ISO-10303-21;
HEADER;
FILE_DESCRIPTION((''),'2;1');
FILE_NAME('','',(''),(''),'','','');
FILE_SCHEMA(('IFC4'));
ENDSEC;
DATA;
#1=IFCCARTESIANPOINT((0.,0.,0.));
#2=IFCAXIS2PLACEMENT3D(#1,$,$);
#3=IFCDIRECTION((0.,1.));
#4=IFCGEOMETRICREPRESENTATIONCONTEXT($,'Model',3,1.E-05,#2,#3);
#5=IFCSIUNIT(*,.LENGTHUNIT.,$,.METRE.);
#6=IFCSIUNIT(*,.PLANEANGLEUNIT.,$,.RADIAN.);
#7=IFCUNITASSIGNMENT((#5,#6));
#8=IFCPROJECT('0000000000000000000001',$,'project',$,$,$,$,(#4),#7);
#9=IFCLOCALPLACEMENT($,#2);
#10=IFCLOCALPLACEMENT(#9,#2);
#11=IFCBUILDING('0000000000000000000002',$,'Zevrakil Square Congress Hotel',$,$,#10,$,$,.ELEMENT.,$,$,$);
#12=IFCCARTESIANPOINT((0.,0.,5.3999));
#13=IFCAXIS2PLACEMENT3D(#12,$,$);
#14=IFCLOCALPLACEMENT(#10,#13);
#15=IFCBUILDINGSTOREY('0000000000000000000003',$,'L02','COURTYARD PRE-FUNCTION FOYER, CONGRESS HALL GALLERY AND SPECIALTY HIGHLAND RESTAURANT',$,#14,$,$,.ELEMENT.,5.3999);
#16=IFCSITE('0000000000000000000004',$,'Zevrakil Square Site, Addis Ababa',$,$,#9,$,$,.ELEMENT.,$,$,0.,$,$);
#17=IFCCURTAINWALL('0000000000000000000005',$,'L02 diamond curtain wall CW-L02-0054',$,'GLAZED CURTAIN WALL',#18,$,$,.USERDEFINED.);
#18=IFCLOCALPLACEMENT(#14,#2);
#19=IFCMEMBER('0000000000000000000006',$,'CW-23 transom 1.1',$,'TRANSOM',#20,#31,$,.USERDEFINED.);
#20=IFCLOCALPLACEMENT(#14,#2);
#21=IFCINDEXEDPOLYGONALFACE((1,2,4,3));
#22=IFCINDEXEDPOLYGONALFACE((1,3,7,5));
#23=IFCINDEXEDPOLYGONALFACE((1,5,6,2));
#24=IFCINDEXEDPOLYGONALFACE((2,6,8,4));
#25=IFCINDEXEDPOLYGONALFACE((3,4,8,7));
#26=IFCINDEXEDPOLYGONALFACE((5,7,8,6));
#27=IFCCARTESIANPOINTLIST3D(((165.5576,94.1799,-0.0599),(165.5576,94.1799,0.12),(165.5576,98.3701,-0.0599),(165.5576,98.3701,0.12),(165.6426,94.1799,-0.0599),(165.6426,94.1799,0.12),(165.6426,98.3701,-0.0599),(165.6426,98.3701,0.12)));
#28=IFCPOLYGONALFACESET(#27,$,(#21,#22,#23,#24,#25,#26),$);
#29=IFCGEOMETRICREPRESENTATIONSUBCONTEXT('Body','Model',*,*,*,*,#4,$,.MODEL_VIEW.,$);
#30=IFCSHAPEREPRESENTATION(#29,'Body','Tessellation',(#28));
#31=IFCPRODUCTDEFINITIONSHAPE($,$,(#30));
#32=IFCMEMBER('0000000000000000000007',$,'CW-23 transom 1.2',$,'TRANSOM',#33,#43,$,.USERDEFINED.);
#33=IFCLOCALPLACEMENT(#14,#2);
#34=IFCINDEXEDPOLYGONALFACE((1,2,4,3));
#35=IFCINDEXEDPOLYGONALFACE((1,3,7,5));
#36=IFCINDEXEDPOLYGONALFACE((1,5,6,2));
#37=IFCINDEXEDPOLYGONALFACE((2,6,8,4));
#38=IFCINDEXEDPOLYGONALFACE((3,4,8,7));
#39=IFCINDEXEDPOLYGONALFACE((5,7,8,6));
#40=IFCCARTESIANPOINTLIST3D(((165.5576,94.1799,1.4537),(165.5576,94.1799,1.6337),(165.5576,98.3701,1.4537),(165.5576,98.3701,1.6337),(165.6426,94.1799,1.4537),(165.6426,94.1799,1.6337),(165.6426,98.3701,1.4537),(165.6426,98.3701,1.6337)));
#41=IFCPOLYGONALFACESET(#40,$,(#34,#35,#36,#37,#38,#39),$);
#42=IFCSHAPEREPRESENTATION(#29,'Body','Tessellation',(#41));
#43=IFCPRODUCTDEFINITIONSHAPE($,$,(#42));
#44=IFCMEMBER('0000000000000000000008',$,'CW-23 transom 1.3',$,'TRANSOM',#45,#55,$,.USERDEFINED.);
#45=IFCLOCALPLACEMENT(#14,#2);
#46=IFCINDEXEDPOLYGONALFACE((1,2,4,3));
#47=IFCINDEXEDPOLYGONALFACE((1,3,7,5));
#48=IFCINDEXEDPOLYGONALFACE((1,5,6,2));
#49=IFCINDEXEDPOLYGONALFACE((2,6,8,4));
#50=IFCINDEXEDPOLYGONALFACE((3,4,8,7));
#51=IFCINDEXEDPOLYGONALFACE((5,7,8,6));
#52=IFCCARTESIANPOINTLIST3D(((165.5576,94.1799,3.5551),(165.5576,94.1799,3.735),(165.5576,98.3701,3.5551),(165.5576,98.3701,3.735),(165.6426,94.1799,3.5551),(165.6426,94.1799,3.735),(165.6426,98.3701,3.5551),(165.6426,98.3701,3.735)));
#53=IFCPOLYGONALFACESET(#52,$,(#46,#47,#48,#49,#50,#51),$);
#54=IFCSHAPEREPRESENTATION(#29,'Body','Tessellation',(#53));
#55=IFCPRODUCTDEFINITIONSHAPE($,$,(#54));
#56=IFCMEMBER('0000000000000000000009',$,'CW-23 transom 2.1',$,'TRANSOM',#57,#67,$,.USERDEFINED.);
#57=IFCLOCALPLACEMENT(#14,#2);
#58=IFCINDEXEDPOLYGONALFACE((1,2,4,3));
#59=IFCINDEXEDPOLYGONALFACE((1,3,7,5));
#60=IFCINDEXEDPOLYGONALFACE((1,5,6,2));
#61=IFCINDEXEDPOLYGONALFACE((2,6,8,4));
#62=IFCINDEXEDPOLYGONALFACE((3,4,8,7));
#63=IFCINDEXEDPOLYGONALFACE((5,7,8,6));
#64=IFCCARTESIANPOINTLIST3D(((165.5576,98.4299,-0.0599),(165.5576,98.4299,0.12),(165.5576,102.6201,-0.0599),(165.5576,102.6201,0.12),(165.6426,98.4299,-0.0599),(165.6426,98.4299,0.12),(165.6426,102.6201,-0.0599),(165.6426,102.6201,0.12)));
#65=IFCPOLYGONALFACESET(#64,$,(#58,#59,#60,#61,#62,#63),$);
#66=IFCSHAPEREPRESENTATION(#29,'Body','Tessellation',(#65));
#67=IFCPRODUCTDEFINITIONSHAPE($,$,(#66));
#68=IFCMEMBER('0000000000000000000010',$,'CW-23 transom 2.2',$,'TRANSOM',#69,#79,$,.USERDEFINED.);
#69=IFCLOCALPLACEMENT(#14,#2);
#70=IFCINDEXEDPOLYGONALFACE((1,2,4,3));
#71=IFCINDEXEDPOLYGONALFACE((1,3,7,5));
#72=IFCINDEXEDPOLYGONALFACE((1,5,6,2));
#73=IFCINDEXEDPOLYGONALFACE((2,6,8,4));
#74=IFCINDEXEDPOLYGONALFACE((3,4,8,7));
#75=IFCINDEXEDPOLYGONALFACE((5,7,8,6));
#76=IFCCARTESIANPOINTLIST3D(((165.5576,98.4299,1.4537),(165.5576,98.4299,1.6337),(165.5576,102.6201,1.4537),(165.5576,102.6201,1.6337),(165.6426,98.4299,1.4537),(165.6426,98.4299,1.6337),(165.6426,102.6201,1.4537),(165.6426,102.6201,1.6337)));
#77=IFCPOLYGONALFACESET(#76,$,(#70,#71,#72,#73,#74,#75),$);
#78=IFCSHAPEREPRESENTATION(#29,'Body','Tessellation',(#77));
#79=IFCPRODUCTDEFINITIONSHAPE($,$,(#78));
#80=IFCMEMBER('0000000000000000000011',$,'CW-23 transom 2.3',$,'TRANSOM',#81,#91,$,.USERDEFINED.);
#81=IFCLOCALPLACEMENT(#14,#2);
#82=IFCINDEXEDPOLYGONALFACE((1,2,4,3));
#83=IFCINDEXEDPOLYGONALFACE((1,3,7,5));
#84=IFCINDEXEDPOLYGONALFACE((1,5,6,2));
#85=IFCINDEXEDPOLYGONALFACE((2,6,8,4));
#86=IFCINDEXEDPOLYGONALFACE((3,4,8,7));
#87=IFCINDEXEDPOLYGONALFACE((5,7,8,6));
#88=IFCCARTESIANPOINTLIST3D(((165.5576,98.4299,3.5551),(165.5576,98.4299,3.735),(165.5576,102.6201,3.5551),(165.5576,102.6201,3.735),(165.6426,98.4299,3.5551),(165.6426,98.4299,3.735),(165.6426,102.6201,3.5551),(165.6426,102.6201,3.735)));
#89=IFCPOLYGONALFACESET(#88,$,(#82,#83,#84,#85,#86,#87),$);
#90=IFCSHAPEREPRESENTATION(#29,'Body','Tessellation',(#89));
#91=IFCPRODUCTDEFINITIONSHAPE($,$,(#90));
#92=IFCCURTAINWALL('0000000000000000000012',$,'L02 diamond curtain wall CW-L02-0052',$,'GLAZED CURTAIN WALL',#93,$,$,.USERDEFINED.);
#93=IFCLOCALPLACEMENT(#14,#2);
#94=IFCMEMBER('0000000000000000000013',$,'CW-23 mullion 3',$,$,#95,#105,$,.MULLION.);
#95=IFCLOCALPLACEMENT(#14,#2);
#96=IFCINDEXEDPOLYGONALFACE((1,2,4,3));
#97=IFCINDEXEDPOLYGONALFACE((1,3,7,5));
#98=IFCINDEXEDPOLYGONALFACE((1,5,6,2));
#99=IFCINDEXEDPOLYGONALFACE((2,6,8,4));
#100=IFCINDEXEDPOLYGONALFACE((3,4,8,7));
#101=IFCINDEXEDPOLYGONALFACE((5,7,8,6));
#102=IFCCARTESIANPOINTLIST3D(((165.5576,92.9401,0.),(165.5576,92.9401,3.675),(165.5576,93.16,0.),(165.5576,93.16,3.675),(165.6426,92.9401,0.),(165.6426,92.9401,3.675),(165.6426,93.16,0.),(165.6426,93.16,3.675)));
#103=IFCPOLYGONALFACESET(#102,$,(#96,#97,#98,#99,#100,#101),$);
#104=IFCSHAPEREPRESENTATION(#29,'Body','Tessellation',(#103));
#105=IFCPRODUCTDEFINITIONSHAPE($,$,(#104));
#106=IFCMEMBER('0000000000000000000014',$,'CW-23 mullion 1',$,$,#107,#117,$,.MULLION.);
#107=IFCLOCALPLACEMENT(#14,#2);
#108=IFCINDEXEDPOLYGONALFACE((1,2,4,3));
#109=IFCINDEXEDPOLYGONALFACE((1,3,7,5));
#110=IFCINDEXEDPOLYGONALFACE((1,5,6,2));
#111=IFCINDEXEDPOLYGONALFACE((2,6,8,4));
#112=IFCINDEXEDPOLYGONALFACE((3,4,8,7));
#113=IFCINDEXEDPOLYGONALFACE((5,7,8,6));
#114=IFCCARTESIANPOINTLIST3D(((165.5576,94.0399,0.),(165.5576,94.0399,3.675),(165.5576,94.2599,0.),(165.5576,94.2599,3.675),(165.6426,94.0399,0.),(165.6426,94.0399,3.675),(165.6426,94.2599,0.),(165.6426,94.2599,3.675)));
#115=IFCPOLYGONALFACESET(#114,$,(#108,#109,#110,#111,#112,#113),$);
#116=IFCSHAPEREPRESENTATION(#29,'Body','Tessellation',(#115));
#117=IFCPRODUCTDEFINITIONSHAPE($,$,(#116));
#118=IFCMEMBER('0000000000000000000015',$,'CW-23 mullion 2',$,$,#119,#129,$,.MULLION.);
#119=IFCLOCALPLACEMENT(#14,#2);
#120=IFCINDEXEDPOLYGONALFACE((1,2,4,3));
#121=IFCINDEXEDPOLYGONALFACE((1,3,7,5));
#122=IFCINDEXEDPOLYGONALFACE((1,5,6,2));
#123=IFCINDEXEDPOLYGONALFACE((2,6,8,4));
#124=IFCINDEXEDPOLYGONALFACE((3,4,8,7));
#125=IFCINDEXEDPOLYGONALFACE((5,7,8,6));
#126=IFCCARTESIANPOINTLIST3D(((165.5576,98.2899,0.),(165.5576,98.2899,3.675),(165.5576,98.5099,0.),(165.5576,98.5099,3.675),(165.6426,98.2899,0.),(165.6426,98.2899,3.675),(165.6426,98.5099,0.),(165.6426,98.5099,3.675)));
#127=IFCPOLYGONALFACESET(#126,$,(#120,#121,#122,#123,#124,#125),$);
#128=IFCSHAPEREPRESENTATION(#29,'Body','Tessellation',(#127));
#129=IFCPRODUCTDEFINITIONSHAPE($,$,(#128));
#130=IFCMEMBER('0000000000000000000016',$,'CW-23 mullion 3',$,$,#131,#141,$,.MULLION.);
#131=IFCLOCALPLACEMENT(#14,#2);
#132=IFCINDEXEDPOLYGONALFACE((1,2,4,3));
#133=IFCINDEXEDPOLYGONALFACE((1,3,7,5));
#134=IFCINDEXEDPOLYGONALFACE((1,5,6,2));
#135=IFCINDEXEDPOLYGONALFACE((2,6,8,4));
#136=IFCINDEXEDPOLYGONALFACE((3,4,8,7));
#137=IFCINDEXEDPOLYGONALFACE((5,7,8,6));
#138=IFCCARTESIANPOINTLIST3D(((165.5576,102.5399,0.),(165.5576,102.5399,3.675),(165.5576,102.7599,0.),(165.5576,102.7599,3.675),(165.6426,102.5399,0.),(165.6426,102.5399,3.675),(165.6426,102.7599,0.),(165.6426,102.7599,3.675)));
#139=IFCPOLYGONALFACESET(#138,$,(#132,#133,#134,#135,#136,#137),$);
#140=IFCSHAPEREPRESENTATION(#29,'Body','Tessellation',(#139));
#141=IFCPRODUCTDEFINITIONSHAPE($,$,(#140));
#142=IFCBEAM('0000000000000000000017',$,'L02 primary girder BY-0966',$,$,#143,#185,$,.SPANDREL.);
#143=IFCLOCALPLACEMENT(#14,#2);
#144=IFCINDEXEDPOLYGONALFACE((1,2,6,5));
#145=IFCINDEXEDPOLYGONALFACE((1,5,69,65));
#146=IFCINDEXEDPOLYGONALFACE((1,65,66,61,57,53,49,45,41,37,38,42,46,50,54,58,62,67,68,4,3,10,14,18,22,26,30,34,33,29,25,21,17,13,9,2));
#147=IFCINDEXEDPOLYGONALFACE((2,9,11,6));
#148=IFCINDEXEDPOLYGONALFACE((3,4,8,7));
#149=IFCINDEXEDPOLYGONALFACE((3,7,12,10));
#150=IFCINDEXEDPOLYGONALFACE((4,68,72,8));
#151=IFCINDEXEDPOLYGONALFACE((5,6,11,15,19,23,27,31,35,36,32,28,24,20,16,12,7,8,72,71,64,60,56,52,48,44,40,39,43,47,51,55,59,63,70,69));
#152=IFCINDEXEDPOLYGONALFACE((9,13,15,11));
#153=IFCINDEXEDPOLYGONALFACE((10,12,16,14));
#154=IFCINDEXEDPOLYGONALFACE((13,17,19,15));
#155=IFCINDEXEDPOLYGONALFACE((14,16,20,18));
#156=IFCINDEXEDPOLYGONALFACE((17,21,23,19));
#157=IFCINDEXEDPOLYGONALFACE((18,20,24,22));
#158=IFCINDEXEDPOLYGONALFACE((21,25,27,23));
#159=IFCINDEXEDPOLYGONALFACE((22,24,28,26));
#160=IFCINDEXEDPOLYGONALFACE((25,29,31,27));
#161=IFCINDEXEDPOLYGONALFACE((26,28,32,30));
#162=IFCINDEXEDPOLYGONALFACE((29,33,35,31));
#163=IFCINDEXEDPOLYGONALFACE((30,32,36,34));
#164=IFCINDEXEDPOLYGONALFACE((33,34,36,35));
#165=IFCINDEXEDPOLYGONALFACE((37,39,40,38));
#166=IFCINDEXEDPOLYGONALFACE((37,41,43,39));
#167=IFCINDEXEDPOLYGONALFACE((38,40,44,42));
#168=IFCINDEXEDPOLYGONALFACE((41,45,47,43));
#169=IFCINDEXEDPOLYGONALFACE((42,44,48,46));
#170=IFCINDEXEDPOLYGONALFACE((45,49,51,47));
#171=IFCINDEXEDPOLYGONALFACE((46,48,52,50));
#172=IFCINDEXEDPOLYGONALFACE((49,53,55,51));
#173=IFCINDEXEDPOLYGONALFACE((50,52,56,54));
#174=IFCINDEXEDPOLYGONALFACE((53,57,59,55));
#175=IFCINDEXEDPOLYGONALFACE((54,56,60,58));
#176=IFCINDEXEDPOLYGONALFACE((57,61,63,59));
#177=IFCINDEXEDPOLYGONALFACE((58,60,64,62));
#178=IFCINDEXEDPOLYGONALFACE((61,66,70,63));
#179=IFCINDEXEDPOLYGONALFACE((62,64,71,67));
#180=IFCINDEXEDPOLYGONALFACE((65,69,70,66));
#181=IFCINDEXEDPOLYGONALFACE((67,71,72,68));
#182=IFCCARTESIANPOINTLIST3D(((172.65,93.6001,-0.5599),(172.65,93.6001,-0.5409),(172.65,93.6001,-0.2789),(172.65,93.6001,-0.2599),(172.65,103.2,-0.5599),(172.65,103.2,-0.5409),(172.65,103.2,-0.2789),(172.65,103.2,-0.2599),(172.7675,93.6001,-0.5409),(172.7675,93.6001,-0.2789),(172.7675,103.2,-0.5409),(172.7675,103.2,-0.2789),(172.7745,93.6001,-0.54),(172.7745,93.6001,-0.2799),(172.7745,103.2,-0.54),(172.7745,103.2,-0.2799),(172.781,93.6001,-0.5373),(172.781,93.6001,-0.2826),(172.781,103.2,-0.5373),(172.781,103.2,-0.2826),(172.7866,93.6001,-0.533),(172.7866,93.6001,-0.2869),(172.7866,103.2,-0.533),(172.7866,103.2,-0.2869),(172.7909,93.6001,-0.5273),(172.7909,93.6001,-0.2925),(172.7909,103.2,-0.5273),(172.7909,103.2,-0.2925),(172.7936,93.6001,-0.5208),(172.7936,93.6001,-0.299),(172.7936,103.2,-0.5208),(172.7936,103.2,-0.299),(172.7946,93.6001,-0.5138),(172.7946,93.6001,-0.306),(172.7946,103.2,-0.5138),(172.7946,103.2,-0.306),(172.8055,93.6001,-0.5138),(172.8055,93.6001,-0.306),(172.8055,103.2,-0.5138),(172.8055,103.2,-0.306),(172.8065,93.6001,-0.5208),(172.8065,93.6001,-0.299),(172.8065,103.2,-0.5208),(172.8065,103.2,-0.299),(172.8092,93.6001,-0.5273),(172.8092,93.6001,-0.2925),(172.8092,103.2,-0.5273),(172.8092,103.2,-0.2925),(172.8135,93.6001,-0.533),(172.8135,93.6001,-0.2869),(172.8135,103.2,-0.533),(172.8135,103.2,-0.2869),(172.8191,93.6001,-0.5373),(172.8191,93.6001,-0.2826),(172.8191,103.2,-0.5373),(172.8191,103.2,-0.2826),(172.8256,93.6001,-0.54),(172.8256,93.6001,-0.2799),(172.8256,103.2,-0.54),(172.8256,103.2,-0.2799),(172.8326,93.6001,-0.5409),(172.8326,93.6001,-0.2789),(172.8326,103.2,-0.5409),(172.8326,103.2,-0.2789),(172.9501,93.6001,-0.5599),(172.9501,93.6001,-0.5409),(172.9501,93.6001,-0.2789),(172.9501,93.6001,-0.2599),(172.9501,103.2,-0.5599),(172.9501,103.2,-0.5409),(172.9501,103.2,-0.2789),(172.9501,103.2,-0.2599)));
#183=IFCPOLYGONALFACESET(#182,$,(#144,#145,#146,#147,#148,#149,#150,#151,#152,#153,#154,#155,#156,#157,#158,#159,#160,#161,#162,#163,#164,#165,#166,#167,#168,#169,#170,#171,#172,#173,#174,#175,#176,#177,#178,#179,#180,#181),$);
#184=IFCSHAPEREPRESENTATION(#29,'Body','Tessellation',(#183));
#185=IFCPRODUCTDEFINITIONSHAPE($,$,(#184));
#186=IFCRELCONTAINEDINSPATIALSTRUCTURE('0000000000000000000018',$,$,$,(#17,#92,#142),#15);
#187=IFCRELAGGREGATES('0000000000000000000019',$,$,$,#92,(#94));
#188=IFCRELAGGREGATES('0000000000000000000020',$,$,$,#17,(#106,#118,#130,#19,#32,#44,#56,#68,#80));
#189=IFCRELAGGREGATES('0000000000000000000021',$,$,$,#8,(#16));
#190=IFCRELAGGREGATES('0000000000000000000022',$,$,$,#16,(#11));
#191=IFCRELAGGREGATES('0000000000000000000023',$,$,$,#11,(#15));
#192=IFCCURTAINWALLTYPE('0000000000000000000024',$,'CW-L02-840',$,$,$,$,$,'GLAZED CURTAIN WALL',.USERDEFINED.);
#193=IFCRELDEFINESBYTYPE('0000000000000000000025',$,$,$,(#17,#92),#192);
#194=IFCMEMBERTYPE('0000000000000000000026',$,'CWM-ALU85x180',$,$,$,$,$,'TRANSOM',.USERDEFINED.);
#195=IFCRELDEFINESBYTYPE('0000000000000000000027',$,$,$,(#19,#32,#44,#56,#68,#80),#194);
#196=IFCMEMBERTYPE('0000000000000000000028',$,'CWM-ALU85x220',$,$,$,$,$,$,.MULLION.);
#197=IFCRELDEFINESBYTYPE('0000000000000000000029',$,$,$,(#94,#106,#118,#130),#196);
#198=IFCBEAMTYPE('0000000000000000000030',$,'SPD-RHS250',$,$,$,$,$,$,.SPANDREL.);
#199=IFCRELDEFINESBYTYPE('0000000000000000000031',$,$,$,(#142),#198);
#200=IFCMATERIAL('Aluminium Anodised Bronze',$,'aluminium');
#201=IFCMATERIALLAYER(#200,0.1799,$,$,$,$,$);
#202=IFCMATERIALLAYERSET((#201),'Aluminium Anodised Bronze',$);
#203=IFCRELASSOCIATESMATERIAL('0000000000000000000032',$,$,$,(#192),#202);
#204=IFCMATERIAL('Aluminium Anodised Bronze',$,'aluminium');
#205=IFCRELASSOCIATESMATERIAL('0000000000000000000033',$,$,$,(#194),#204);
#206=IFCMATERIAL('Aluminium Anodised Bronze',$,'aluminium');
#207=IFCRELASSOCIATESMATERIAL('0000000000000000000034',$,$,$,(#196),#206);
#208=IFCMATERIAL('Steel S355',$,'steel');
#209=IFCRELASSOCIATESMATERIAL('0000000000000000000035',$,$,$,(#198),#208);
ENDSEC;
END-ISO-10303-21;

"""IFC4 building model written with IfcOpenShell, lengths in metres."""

from ifc_helpers import new_model, si_unit, direction, frame, origin, origin_2d, place, context, subcontext, project, spatial, rectangle, i_section, extrude, material, layer, layer_set, material_profile, profile_set, type_object, element, aggregate, save


model = new_model("IFC4")

# Units and contexts
model_context = context("Model", 3, precision=1e-05, world=origin(), true_north=direction((0.0, 1.0)))
body_context = subcontext(model_context, "Body", "Model", "MODEL_VIEW")
ifc_project = project(units=[si_unit("LENGTHUNIT", "METRE"), si_unit("PLANEANGLEUNIT", "RADIAN")], contexts=[model_context])

# Site, building, storey
site_placement = place(None, origin())
site = spatial("IfcSite", under=ifc_project, at=site_placement, Name="Zevrakil Square Site, Addis Ababa", CompositionType="ELEMENT", RefElevation=0.0)
building_placement = place(site_placement, origin())
building = spatial("IfcBuilding", under=site, at=building_placement, Name="Zevrakil Square Congress Hotel", CompositionType="ELEMENT")
storey_placement = place(building_placement, frame((0.0, 0.0, 5.3999)))
storey = spatial("IfcBuildingStorey", under=building, at=storey_placement, Name="L02", Description="COURTYARD PRE-FUNCTION FOYER, CONGRESS HALL GALLERY AND SPECIALTY HIGHLAND RESTAURANT", CompositionType="ELEMENT", Elevation=5.3999)

# Curtain wall, members
ifc_material_1 = material(Name="Aluminium Anodised Bronze", Category="aluminium")
ifc_layer_1 = layer(ifc_material_1, 0.1799)
ifc_layer_set_1 = layer_set([ifc_layer_1], Name="Aluminium Anodised Bronze")
curtain_wall_type = type_object("IfcCurtainWallType", Name="CW-L02-840", ElementType="GLAZED CURTAIN WALL", PredefinedType="USERDEFINED", material=ifc_layer_set_1)
curtain_wall_1_placement = place(storey_placement, origin())
curtain_wall_1 = element("IfcCurtainWall", 1, at=curtain_wall_1_placement, inside=storey, type_object=curtain_wall_type, Name="L02 diamond curtain wall CW-L02-0054", ObjectType="GLAZED CURTAIN WALL", PredefinedType="USERDEFINED")
ifc_material_2 = material(Name="Aluminium Anodised Bronze", Category="aluminium")
ifc_material_profile_1 = material_profile(ifc_material_2, rectangle(XDim=0.085, YDim=0.1799, at=origin_2d()), Name="ALU 85x180")
ifc_profile_set_1 = profile_set([ifc_material_profile_1], Name="Aluminium Anodised Bronze")
member_type_1 = type_object("IfcMemberType", Name="CWM-ALU85x180", ElementType="TRANSOM", PredefinedType="USERDEFINED", material=ifc_profile_set_1)
member_1_placement = place(storey_placement, frame((165.6001, 94.1799, 0.03), z_axis=(0.0, 1.0, 0.0), x_axis=(-1.0, 0.0, 0.0)))
member_1 = element("IfcMember", 2, at=member_1_placement, type_object=member_type_1, Name="CW-23 transom 1.1", ObjectType="TRANSOM", PredefinedType="USERDEFINED", context=body_context, shape_type="SweptSolid", body=[
    extrude(rectangle(XDim=0.085, YDim=0.1799, at=origin_2d()), origin(), (0.0, 0.0, 1.0), 4.1902),
])
member_2_placement = place(storey_placement, frame((165.6001, 94.1799, 1.5437), z_axis=(0.0, 1.0, 0.0), x_axis=(-1.0, 0.0, 0.0)))
member_2 = element("IfcMember", 3, at=member_2_placement, type_object=member_type_1, Name="CW-23 transom 1.2", ObjectType="TRANSOM", PredefinedType="USERDEFINED", context=body_context, shape_type="SweptSolid", body=[
    extrude(rectangle(XDim=0.085, YDim=0.1799, at=origin_2d()), origin(), (0.0, 0.0, 1.0), 4.1902),
])
member_3_placement = place(storey_placement, frame((165.6001, 94.1799, 3.645), z_axis=(0.0, 1.0, 0.0), x_axis=(-1.0, 0.0, 0.0)))
member_3 = element("IfcMember", 4, at=member_3_placement, type_object=member_type_1, Name="CW-23 transom 1.3", ObjectType="TRANSOM", PredefinedType="USERDEFINED", context=body_context, shape_type="SweptSolid", body=[
    extrude(rectangle(XDim=0.085, YDim=0.1799, at=origin_2d()), origin(), (0.0, 0.0, 1.0), 4.1902),
])
member_4_placement = place(storey_placement, frame((165.6001, 98.4299, 0.03), z_axis=(0.0, 1.0, 0.0), x_axis=(-1.0, 0.0, 0.0)))
member_4 = element("IfcMember", 5, at=member_4_placement, type_object=member_type_1, Name="CW-23 transom 2.1", ObjectType="TRANSOM", PredefinedType="USERDEFINED", context=body_context, shape_type="SweptSolid", body=[
    extrude(rectangle(XDim=0.085, YDim=0.1799, at=origin_2d()), origin(), (0.0, 0.0, 1.0), 4.1902),
])
member_5_placement = place(storey_placement, frame((165.6001, 98.4299, 1.5437), z_axis=(0.0, 1.0, 0.0), x_axis=(-1.0, 0.0, 0.0)))
member_5 = element("IfcMember", 6, at=member_5_placement, type_object=member_type_1, Name="CW-23 transom 2.2", ObjectType="TRANSOM", PredefinedType="USERDEFINED", context=body_context, shape_type="SweptSolid", body=[
    extrude(rectangle(XDim=0.085, YDim=0.1799, at=origin_2d()), origin(), (0.0, 0.0, 1.0), 4.1902),
])
member_6_placement = place(storey_placement, frame((165.6001, 98.4299, 3.645), z_axis=(0.0, 1.0, 0.0), x_axis=(-1.0, 0.0, 0.0)))
member_6 = element("IfcMember", 7, at=member_6_placement, type_object=member_type_1, Name="CW-23 transom 2.3", ObjectType="TRANSOM", PredefinedType="USERDEFINED", context=body_context, shape_type="SweptSolid", body=[
    extrude(rectangle(XDim=0.085, YDim=0.1799, at=origin_2d()), origin(), (0.0, 0.0, 1.0), 4.1902),
])

# Curtain wall, member
curtain_wall_2_placement = place(storey_placement, origin())
curtain_wall_2 = element("IfcCurtainWall", 8, at=curtain_wall_2_placement, inside=storey, type_object=curtain_wall_type, Name="L02 diamond curtain wall CW-L02-0052", ObjectType="GLAZED CURTAIN WALL", PredefinedType="USERDEFINED")
ifc_material_3 = material(Name="Aluminium Anodised Bronze", Category="aluminium")
ifc_material_profile_2 = material_profile(ifc_material_3, rectangle(XDim=0.085, YDim=0.22, at=origin_2d()), Name="ALU 85x220")
ifc_profile_set_2 = profile_set([ifc_material_profile_2], Name="Aluminium Anodised Bronze")
member_type_2 = type_object("IfcMemberType", Name="CWM-ALU85x220", PredefinedType="MULLION", material=ifc_profile_set_2)
member_7_placement = place(storey_placement, frame((165.6001, 93.05, 0.0), z_axis=(0.0, 0.0, 1.0), x_axis=(-1.0, 0.0, 0.0)))
member_7 = element("IfcMember", 9, at=member_7_placement, type_object=member_type_2, Name="CW-23 mullion 3", PredefinedType="MULLION", context=body_context, shape_type="SweptSolid", body=[
    extrude(rectangle(XDim=0.085, YDim=0.22, at=origin_2d()), origin(), (0.0, 0.0, 1.0), 3.675),
])

# Members
member_8_placement = place(storey_placement, frame((165.6001, 94.1499, 0.0), z_axis=(0.0, 0.0, 1.0), x_axis=(-1.0, 0.0, 0.0)))
member_8 = element("IfcMember", 10, at=member_8_placement, type_object=member_type_2, Name="CW-23 mullion 1", PredefinedType="MULLION", context=body_context, shape_type="SweptSolid", body=[
    extrude(rectangle(XDim=0.085, YDim=0.22, at=origin_2d()), origin(), (0.0, 0.0, 1.0), 3.675),
])
member_9_placement = place(storey_placement, frame((165.6001, 98.3999, 0.0), z_axis=(0.0, 0.0, 1.0), x_axis=(-1.0, 0.0, 0.0)))
member_9 = element("IfcMember", 11, at=member_9_placement, type_object=member_type_2, Name="CW-23 mullion 2", PredefinedType="MULLION", context=body_context, shape_type="SweptSolid", body=[
    extrude(rectangle(XDim=0.085, YDim=0.22, at=origin_2d()), origin(), (0.0, 0.0, 1.0), 3.675),
])
member_10_placement = place(storey_placement, frame((165.6001, 102.6499, 0.0), z_axis=(0.0, 0.0, 1.0), x_axis=(-1.0, 0.0, 0.0)))
member_10 = element("IfcMember", 12, at=member_10_placement, type_object=member_type_2, Name="CW-23 mullion 3", PredefinedType="MULLION", context=body_context, shape_type="SweptSolid", body=[
    extrude(rectangle(XDim=0.085, YDim=0.22, at=origin_2d()), origin(), (0.0, 0.0, 1.0), 3.675),
])

# Beam
ifc_material_4 = material(Name="Steel S355", Category="steel")
ifc_material_profile_3 = material_profile(ifc_material_4, i_section(OverallWidth=0.3, OverallDepth=0.3, WebThickness=0.011, FlangeThickness=0.019, FilletRadius=0.0271, at=origin_2d()), Name="HEB 300")
ifc_profile_set_3 = profile_set([ifc_material_profile_3], Name="Steel S355")
beam_type_1 = type_object("IfcBeamType", Name="SPD-RHS250", PredefinedType="SPANDREL", material=ifc_profile_set_3)
beam_1_placement = place(storey_placement, frame((172.8, 93.6001, -0.4099), z_axis=(0.0, 1.0, 0.0), x_axis=(-1.0, 0.0, 0.0)))
element("IfcBeam", 13, at=beam_1_placement, inside=storey, type_object=beam_type_1, Name="L02 primary girder BY-0966", PredefinedType="SPANDREL", context=body_context, shape_type="SweptSolid", body=[
    extrude(i_section(OverallWidth=0.3, OverallDepth=0.3, WebThickness=0.011, FlangeThickness=0.019, FilletRadius=0.0271, at=origin_2d()), origin(), (0.0, 0.0, 1.0), 9.5999),
])

aggregate(curtain_wall_2, [member_7])
aggregate(curtain_wall_1, [member_8, member_9, member_10, member_1, member_2, member_3, member_4, member_5, member_6])

save(model, "model.ifc")
